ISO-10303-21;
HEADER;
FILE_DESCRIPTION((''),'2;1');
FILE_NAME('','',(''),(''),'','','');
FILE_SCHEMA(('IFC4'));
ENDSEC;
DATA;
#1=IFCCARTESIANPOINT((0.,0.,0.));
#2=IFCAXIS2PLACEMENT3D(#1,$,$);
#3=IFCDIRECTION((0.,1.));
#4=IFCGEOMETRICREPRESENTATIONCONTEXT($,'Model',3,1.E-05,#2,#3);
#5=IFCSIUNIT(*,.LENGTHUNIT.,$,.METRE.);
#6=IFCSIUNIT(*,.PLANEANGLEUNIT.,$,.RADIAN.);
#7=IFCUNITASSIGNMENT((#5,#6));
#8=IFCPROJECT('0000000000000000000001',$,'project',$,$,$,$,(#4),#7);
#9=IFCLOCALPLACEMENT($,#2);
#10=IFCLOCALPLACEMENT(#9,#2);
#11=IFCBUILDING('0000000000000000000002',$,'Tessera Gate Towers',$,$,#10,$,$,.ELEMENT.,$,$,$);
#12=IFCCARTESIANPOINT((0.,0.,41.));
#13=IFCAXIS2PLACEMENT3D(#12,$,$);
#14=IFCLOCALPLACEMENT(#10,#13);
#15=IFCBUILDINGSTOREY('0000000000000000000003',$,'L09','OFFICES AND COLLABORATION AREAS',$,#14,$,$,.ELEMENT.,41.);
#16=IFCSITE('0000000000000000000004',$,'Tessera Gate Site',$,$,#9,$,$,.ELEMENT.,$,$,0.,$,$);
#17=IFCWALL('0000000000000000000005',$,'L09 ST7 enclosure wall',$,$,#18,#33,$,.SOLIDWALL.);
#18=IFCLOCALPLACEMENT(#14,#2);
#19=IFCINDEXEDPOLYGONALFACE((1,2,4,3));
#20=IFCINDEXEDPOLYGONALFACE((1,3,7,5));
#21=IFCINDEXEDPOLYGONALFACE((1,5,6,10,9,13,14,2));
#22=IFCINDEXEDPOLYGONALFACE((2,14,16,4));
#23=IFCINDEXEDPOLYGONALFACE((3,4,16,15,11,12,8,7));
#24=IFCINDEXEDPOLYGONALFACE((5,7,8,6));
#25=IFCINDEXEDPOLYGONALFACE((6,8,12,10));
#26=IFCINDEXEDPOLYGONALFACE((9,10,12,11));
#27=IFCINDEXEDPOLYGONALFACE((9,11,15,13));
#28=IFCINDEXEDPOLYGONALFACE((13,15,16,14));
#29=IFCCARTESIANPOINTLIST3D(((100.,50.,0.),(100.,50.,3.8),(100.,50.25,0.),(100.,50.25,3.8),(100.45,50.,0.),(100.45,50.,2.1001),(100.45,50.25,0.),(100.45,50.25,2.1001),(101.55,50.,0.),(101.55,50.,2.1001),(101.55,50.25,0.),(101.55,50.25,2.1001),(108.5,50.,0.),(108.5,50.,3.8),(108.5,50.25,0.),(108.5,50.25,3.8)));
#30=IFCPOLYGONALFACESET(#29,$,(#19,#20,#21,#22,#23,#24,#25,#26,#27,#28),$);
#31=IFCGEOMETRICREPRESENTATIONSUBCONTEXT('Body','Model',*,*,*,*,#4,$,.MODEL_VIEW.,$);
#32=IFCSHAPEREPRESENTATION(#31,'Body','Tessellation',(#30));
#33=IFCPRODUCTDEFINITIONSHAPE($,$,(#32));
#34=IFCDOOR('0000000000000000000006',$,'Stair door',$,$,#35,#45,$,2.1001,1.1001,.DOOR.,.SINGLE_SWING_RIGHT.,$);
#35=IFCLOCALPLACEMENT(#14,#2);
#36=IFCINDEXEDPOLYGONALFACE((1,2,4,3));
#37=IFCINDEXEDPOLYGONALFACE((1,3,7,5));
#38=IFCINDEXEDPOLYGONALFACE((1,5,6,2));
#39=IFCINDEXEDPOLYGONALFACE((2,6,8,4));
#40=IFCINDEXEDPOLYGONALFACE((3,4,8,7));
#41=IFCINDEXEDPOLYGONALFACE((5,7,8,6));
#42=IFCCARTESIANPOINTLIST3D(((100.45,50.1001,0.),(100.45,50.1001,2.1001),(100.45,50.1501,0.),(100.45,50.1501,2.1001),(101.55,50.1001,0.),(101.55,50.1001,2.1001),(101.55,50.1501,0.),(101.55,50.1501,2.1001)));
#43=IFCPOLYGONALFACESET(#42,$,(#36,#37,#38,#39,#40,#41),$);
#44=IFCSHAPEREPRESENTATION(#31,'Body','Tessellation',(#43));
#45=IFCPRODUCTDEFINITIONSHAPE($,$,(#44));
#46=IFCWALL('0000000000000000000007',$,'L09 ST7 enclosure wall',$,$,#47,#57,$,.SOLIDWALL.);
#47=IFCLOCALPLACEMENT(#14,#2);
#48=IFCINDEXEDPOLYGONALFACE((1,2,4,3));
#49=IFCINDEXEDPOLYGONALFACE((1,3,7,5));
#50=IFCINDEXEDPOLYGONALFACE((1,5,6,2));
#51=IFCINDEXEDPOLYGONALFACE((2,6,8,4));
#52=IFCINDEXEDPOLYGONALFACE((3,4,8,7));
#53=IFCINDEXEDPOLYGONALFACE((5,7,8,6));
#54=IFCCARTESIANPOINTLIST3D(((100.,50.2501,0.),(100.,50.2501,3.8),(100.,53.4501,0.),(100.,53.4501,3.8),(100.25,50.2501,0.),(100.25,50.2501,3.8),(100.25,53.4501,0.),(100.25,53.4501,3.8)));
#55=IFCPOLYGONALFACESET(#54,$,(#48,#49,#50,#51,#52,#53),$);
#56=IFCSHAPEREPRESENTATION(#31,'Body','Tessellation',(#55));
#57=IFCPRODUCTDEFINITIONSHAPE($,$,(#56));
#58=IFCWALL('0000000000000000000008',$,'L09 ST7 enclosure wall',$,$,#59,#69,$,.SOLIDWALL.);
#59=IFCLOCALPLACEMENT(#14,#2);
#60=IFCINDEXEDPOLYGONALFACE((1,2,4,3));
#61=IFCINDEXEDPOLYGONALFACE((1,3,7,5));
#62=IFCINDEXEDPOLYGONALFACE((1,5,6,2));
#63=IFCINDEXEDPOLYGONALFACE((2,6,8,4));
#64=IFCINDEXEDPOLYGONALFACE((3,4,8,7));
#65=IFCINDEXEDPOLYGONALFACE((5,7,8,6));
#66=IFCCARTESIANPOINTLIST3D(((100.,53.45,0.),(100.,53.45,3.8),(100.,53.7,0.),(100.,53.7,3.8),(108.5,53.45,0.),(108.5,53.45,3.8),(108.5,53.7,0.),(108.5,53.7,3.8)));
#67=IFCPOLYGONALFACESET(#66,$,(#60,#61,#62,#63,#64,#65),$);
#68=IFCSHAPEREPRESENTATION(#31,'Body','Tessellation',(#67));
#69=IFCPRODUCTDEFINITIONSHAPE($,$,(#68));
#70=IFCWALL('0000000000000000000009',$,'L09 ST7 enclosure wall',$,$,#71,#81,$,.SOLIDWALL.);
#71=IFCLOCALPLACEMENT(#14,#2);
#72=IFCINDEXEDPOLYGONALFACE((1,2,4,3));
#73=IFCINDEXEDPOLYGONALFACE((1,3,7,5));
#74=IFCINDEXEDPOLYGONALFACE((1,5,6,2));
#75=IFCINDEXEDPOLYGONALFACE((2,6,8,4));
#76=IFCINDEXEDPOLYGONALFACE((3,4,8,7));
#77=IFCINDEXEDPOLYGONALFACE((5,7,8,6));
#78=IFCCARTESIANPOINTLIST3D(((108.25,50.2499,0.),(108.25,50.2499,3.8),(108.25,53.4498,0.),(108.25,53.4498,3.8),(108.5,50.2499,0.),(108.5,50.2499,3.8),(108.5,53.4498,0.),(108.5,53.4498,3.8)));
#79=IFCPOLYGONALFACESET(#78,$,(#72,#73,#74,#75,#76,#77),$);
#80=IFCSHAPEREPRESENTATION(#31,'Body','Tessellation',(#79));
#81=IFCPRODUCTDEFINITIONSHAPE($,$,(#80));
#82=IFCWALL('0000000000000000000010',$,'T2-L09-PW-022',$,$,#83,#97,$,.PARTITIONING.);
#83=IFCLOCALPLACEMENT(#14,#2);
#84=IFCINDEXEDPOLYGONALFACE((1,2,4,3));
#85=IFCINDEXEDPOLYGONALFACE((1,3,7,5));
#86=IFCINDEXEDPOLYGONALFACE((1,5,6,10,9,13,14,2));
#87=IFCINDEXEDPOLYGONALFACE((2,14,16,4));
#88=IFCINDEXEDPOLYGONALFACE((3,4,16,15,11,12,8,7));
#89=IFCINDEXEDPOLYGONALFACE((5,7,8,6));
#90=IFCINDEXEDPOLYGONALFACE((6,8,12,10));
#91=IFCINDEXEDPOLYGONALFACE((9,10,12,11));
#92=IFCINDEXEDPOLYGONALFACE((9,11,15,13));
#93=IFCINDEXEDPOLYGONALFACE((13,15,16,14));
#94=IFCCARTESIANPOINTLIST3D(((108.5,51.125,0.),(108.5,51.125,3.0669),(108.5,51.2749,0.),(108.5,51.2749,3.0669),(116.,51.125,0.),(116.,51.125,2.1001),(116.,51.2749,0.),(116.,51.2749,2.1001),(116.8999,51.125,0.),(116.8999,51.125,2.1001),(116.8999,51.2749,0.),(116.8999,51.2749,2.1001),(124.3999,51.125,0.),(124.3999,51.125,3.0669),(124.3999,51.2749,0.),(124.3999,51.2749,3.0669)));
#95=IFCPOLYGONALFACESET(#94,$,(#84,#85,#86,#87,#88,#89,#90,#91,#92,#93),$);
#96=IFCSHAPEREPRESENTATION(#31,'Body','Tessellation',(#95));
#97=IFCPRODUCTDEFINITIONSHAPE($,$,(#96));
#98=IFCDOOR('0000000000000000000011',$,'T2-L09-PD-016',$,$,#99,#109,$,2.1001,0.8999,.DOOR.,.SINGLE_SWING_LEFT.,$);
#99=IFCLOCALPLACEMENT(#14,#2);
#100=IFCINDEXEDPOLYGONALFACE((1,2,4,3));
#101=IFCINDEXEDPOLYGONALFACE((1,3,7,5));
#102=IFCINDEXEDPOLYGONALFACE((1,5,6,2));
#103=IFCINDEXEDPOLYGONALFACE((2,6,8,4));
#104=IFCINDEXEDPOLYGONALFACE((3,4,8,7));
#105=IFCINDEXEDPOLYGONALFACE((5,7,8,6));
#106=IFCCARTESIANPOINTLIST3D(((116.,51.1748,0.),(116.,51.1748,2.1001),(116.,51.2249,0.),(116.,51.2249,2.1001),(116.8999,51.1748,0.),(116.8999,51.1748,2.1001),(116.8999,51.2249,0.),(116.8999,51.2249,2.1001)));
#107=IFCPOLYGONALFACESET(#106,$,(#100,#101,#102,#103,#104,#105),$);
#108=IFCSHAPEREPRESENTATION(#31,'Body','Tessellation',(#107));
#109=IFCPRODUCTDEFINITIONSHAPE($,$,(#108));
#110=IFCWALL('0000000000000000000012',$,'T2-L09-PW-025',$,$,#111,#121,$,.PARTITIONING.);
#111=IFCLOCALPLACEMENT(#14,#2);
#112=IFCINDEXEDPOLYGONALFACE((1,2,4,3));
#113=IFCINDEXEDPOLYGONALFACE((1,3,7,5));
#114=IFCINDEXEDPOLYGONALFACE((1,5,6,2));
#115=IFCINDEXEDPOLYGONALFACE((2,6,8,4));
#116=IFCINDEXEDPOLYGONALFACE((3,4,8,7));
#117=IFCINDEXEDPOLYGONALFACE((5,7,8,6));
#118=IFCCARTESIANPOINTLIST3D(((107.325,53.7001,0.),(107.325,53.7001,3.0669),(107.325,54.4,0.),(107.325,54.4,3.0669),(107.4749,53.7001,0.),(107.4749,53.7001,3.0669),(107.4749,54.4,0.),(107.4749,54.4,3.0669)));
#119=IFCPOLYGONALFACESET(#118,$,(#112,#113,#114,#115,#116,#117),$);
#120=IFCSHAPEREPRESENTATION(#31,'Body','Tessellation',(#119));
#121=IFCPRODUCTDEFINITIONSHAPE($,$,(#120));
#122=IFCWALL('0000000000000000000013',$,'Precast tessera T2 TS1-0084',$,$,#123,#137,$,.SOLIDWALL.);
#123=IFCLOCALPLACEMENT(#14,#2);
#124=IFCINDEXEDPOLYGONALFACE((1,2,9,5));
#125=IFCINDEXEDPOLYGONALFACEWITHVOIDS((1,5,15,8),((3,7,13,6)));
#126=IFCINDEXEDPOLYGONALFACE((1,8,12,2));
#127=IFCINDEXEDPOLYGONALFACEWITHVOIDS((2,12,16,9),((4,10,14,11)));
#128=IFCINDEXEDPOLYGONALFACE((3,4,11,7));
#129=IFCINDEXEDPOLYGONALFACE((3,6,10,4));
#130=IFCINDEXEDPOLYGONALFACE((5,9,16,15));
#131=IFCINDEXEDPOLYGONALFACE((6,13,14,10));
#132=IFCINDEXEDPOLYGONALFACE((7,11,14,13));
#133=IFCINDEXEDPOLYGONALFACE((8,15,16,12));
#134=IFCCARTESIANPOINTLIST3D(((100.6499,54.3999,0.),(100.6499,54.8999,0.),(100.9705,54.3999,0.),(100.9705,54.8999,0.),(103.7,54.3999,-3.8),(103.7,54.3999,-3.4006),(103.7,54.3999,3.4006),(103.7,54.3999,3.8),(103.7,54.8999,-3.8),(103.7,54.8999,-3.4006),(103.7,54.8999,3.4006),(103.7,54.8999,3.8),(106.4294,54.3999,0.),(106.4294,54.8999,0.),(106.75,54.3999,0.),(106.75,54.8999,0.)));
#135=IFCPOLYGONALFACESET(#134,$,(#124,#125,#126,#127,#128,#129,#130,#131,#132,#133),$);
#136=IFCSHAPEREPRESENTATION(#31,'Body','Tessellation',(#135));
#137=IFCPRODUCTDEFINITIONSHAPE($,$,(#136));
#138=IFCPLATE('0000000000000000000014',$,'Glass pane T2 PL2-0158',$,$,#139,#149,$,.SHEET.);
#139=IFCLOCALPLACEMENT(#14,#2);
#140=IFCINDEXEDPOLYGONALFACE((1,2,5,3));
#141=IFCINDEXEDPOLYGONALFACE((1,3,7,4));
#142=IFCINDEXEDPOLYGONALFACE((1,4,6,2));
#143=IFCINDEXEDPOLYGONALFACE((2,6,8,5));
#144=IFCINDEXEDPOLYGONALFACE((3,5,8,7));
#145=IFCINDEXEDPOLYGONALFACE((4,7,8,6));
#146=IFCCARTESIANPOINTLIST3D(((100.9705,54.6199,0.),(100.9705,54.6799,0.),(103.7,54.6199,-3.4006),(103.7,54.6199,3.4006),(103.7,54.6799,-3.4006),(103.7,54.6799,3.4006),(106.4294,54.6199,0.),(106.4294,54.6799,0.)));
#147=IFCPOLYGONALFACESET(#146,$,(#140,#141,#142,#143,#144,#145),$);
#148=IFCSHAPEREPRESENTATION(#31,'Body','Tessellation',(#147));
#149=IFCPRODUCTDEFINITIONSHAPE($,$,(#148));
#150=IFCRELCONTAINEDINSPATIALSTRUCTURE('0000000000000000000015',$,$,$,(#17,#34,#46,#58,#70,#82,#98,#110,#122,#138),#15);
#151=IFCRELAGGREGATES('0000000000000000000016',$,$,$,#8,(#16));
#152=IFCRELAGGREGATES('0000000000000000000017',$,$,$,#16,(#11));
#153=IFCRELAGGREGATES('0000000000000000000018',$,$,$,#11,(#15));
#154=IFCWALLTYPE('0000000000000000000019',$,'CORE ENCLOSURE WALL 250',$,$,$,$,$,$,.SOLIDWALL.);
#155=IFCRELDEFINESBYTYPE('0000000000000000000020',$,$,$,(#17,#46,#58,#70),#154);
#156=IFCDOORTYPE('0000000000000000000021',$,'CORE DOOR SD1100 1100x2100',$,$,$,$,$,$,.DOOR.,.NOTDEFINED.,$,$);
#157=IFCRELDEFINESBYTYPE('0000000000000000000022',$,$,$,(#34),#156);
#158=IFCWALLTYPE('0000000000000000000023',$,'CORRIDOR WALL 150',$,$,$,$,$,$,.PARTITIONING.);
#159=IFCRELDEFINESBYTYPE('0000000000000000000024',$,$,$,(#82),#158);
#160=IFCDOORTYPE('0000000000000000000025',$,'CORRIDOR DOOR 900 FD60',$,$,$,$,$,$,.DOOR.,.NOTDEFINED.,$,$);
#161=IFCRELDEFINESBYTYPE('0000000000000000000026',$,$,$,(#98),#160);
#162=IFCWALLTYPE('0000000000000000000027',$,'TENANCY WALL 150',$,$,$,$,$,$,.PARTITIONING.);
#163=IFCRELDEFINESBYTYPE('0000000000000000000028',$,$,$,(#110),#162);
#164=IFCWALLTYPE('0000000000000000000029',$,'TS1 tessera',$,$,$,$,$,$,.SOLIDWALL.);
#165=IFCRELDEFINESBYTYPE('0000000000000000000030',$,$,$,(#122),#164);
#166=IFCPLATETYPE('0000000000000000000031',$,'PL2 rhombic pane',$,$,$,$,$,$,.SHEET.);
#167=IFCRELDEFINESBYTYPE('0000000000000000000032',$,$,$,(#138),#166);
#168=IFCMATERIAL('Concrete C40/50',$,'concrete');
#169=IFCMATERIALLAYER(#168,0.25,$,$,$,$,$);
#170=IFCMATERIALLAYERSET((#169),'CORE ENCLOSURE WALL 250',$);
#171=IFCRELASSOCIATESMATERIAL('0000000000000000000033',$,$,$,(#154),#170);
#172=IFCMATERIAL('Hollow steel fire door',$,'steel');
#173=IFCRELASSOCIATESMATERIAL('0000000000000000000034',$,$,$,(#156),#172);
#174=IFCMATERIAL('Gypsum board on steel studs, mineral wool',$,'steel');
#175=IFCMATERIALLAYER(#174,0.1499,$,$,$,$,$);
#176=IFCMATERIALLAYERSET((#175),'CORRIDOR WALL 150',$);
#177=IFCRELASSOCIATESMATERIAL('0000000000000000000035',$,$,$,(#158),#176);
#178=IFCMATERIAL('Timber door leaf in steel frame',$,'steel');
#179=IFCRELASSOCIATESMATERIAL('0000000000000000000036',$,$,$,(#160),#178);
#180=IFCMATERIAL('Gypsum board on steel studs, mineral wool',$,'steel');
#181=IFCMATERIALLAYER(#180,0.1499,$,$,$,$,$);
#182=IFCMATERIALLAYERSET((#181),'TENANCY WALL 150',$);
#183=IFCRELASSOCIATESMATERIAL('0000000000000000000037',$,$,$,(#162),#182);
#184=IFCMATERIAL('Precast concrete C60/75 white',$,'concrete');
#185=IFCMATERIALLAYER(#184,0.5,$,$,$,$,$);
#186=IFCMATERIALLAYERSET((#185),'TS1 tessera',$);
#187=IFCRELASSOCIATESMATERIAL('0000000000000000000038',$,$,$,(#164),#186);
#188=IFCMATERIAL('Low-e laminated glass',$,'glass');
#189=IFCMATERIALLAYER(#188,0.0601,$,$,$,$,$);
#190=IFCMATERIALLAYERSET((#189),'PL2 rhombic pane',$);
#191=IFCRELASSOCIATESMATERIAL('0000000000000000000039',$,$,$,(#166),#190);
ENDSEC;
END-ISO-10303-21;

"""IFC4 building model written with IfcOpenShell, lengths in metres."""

from ifc_helpers import new_model, si_unit, direction, frame, frame_2d, origin, place, context, subcontext, project, spatial, polyline, rectangle, outline, extrude, source, transform, mapped, material, layer, layer_set, type_object, element, fill, save


model = new_model("IFC4")

# Units and contexts
model_context = context("Model", 3, precision=1e-05, world=origin(), true_north=direction((0.0, 1.0)))
body_context = subcontext(model_context, "Body", "Model", "MODEL_VIEW")
ifc_project = project(units=[si_unit("LENGTHUNIT", "METRE"), si_unit("PLANEANGLEUNIT", "RADIAN")], contexts=[model_context])

# Site, building, storey
site_placement = place(None, origin())
site = spatial("IfcSite", under=ifc_project, at=site_placement, Name="Tessera Gate Site", CompositionType="ELEMENT", RefElevation=0.0)
building_placement = place(site_placement, origin())
building = spatial("IfcBuilding", under=site, at=building_placement, Name="Tessera Gate Towers", CompositionType="ELEMENT")
storey_placement = place(building_placement, frame((0.0, 0.0, 41.0)))
storey = spatial("IfcBuildingStorey", under=building, at=storey_placement, Name="L09", Description="OFFICES AND COLLABORATION AREAS", CompositionType="ELEMENT", Elevation=41.0)

# Wall, opening, door
ifc_material_1 = material(Name="Concrete C40/50", Category="concrete")
ifc_layer_1 = layer(ifc_material_1, 0.25)
ifc_layer_set_1 = layer_set([ifc_layer_1], Name="CORE ENCLOSURE WALL 250")
wall_type_1 = type_object("IfcWallType", Name="CORE ENCLOSURE WALL 250", PredefinedType="SOLIDWALL", material=ifc_layer_set_1)
wall_1_placement = place(storey_placement, frame((108.5, 50.125, 0.0), z_axis=(0.0, 0.0, 1.0), x_axis=(-1.0, 0.0, 0.0)))
wall_1 = element("IfcWall", 1, at=wall_1_placement, inside=storey, type_object=wall_type_1, Name="L09 ST7 enclosure wall", PredefinedType="SOLIDWALL", context=body_context, shape_type="SweptSolid", body=[
    extrude(rectangle(XDim=8.5, YDim=0.25, at=frame_2d((4.25, 0.0))), origin(), (0.0, 0.0, 1.0), 3.8),
])
shared_shape_1 = source(origin(), body_context, "Body", "SweptSolid", [
    extrude(rectangle(XDim=1.1001, YDim=2.1001, at=frame_2d((0.55, 1.05))), frame((0.0, 0.135, 0.0), z_axis=(0.0, -1.0, 0.0), x_axis=(1.0, 0.0, 0.0)), (0.0, 0.0, 1.0), 0.27),
])
opening_1_placement = place(wall_1_placement, frame((6.95, 0.0, 0.0)))
opening_1 = element("IfcOpeningElement", 2, at=opening_1_placement, cuts=wall_1, PredefinedType="OPENING", context=body_context, shape_type="MappedRepresentation", body=[
    mapped(shared_shape_1, transform((0.0, 0.0, 0.0), scale=1.0)),
])
ifc_material_2 = material(Name="Hollow steel fire door", Category="steel")
door_type_1 = type_object("IfcDoorType", Name="CORE DOOR SD1100 1100x2100", OperationType="NOTDEFINED", PredefinedType="DOOR", material=ifc_material_2)
shared_shape_2 = source(origin(), body_context, "Body", "SweptSolid", [
    extrude(rectangle(XDim=1.1001, YDim=2.1001, at=frame_2d((0.55, 1.05))), frame((0.0, 0.0249, 0.0), z_axis=(0.0, -1.0, 0.0), x_axis=(1.0, 0.0, 0.0)), (0.0, 0.0, 1.0), 0.05),
])
door_1_placement = place(opening_1_placement, origin())
door_1 = element("IfcDoor", 3, at=door_1_placement, inside=storey, type_object=door_type_1, Name="Stair door", OperationType="SINGLE_SWING_RIGHT", OverallHeight=2.1001, OverallWidth=1.1001, PredefinedType="DOOR", context=body_context, shape_type="MappedRepresentation", body=[
    mapped(shared_shape_2, transform((0.0, 0.0, 0.0), scale=1.0)),
])
fill(opening_1, door_1)

# Walls
wall_2_placement = place(storey_placement, frame((100.125, 50.25, 0.0), z_axis=(0.0, 0.0, 1.0), x_axis=(0.0, 1.0, 0.0)))
element("IfcWall", 4, at=wall_2_placement, inside=storey, type_object=wall_type_1, Name="L09 ST7 enclosure wall", PredefinedType="SOLIDWALL", context=body_context, shape_type="SweptSolid", body=[
    extrude(rectangle(XDim=3.2, YDim=0.25, at=frame_2d((1.6001, 0.0))), origin(), (0.0, 0.0, 1.0), 3.8),
])
wall_3_placement = place(storey_placement, frame((100.0, 53.575, 0.0), z_axis=(0.0, 0.0, 1.0), x_axis=(1.0, 0.0, 0.0)))
element("IfcWall", 5, at=wall_3_placement, inside=storey, type_object=wall_type_1, Name="L09 ST7 enclosure wall", PredefinedType="SOLIDWALL", context=body_context, shape_type="SweptSolid", body=[
    extrude(rectangle(XDim=8.5, YDim=0.25, at=frame_2d((4.25, 0.0))), origin(), (0.0, 0.0, 1.0), 3.8),
])
wall_4_placement = place(storey_placement, frame((108.375, 53.45, 0.0), z_axis=(0.0, 0.0, 1.0), x_axis=(0.0, -1.0, 0.0)))
element("IfcWall", 6, at=wall_4_placement, inside=storey, type_object=wall_type_1, Name="L09 ST7 enclosure wall", PredefinedType="SOLIDWALL", context=body_context, shape_type="SweptSolid", body=[
    extrude(rectangle(XDim=3.2, YDim=0.25, at=frame_2d((1.6001, 0.0))), origin(), (0.0, 0.0, 1.0), 3.8),
])

# Wall, opening, door
ifc_material_3 = material(Name="Gypsum board on steel studs, mineral wool", Category="steel")
ifc_layer_2 = layer(ifc_material_3, 0.1499)
ifc_layer_set_2 = layer_set([ifc_layer_2], Name="CORRIDOR WALL 150")
wall_type_2 = type_object("IfcWallType", Name="CORRIDOR WALL 150", PredefinedType="PARTITIONING", material=ifc_layer_set_2)
wall_5_placement = place(storey_placement, frame((108.5, 51.2, 0.0), z_axis=(0.0, 0.0, 1.0), x_axis=(1.0, 0.0, 0.0)))
wall_5 = element("IfcWall", 7, at=wall_5_placement, inside=storey, type_object=wall_type_2, Name="T2-L09-PW-022", PredefinedType="PARTITIONING", context=body_context, shape_type="SweptSolid", body=[
    extrude(rectangle(XDim=15.8999, YDim=0.1499, at=frame_2d((7.95, 0.0))), origin(), (0.0, 0.0, 1.0), 3.0669),
])
shared_shape_3 = source(origin(), body_context, "Body", "SweptSolid", [
    extrude(rectangle(XDim=0.8999, YDim=2.1001, at=frame_2d((0.45, 1.05))), frame((0.0, 0.085, 0.0), z_axis=(0.0, -1.0, 0.0), x_axis=(1.0, 0.0, 0.0)), (0.0, 0.0, 1.0), 0.1699),
])
opening_2_placement = place(wall_5_placement, frame((7.5, 0.0, 0.0)))
opening_2 = element("IfcOpeningElement", 8, at=opening_2_placement, cuts=wall_5, PredefinedType="OPENING", context=body_context, shape_type="MappedRepresentation", body=[
    mapped(shared_shape_3, transform((0.0, 0.0, 0.0), scale=1.0)),
])
ifc_material_4 = material(Name="Timber door leaf in steel frame", Category="steel")
door_type_2 = type_object("IfcDoorType", Name="CORRIDOR DOOR 900 FD60", OperationType="NOTDEFINED", PredefinedType="DOOR", material=ifc_material_4)
shared_shape_4 = source(origin(), body_context, "Body", "SweptSolid", [
    extrude(rectangle(XDim=0.8999, YDim=2.1001, at=frame_2d((0.45, 1.05))), frame((0.0, 0.0249, 0.0), z_axis=(0.0, -1.0, 0.0), x_axis=(1.0, 0.0, 0.0)), (0.0, 0.0, 1.0), 0.05),
])
door_2_placement = place(opening_2_placement, origin())
door_2 = element("IfcDoor", 9, at=door_2_placement, inside=storey, type_object=door_type_2, Name="T2-L09-PD-016", OperationType="SINGLE_SWING_LEFT", OverallHeight=2.1001, OverallWidth=0.8999, PredefinedType="DOOR", context=body_context, shape_type="MappedRepresentation", body=[
    mapped(shared_shape_4, transform((0.0, 0.0, 0.0), scale=1.0)),
])
fill(opening_2, door_2)

# Wall
ifc_material_5 = material(Name="Gypsum board on steel studs, mineral wool", Category="steel")
ifc_layer_3 = layer(ifc_material_5, 0.1499)
ifc_layer_set_3 = layer_set([ifc_layer_3], Name="TENANCY WALL 150")
wall_type_3 = type_object("IfcWallType", Name="TENANCY WALL 150", PredefinedType="PARTITIONING", material=ifc_layer_set_3)
wall_6_placement = place(storey_placement, frame((107.3999, 53.7, 0.0), z_axis=(0.0, 0.0, 1.0), x_axis=(0.0, 1.0, 0.0)))
element("IfcWall", 10, at=wall_6_placement, inside=storey, type_object=wall_type_3, Name="T2-L09-PW-025", PredefinedType="PARTITIONING", context=body_context, shape_type="SweptSolid", body=[
    extrude(rectangle(XDim=0.7, YDim=0.1499, at=frame_2d((0.3501, 0.0))), origin(), (0.0, 0.0, 1.0), 3.0669),
])

# Wall, opening, plate
ifc_material_6 = material(Name="Precast concrete C60/75 white", Category="concrete")
ifc_layer_4 = layer(ifc_material_6, 0.5)
ifc_layer_set_4 = layer_set([ifc_layer_4], Name="TS1 tessera")
wall_type_4 = type_object("IfcWallType", Name="TS1 tessera", PredefinedType="SOLIDWALL", material=ifc_layer_set_4)
shared_shape_5 = source(origin(), body_context, "Body", "SweptSolid", [
    extrude(outline(polyline([(3.05, 0.0), (6.1001, 3.8), (3.05, 7.6001), (0.0, 3.8), (3.05, 0.0)])), frame((0.0, 0.25, 0.0), z_axis=(0.0, -1.0, 0.0), x_axis=(1.0, 0.0, 0.0)), (0.0, 0.0, 1.0), 0.5),
])
wall_7_placement = place(storey_placement, frame((106.75, 54.6499, -3.8), z_axis=(0.0, 0.0, 1.0), x_axis=(-1.0, 0.0, 0.0)))
wall_7 = element("IfcWall", 11, at=wall_7_placement, inside=storey, type_object=wall_type_4, Name="Precast tessera T2 TS1-0084", PredefinedType="SOLIDWALL", context=body_context, shape_type="MappedRepresentation", body=[
    mapped(shared_shape_5, transform((0.0, 0.0, 0.0), scale=1.0)),
])
shared_shape_6 = source(origin(), body_context, "Body", "SweptSolid", [
    extrude(outline(polyline([(3.05, 0.3994), (5.7795, 3.8), (3.05, 7.2007), (0.3206, 3.8), (3.05, 0.3994)])), frame((0.0, 0.26, 0.0), z_axis=(0.0, -1.0, 0.0), x_axis=(1.0, 0.0, 0.0)), (0.0, 0.0, 1.0), 0.52),
])
opening_3_placement = place(wall_7_placement, origin())
opening_3 = element("IfcOpeningElement", 12, at=opening_3_placement, cuts=wall_7, PredefinedType="OPENING", context=body_context, shape_type="MappedRepresentation", body=[
    mapped(shared_shape_6, transform((0.0, 0.0, 0.0), scale=1.0)),
])
ifc_material_7 = material(Name="Low-e laminated glass", Category="glass")
ifc_layer_5 = layer(ifc_material_7, 0.0601)
ifc_layer_set_5 = layer_set([ifc_layer_5], Name="PL2 rhombic pane")
plate_type = type_object("IfcPlateType", Name="PL2 rhombic pane", PredefinedType="SHEET", material=ifc_layer_set_5)
shared_shape_7 = source(origin(), body_context, "Body", "SweptSolid", [
    extrude(outline(polyline([(3.05, 0.3994), (5.7795, 3.8), (3.05, 7.2007), (0.3206, 3.8), (3.05, 0.3994)])), frame((0.0, 0.03, 0.0), z_axis=(0.0, -1.0, 0.0), x_axis=(1.0, 0.0, 0.0)), (0.0, 0.0, 1.0), 0.0601),
])
plate_placement = place(opening_3_placement, origin())
plate = element("IfcPlate", 13, at=plate_placement, inside=storey, type_object=plate_type, Name="Glass pane T2 PL2-0158", PredefinedType="SHEET", context=body_context, shape_type="MappedRepresentation", body=[
    mapped(shared_shape_7, transform((0.0, 0.0, 0.0), scale=1.0)),
])
fill(opening_3, plate)

save(model, "model.ifc")
